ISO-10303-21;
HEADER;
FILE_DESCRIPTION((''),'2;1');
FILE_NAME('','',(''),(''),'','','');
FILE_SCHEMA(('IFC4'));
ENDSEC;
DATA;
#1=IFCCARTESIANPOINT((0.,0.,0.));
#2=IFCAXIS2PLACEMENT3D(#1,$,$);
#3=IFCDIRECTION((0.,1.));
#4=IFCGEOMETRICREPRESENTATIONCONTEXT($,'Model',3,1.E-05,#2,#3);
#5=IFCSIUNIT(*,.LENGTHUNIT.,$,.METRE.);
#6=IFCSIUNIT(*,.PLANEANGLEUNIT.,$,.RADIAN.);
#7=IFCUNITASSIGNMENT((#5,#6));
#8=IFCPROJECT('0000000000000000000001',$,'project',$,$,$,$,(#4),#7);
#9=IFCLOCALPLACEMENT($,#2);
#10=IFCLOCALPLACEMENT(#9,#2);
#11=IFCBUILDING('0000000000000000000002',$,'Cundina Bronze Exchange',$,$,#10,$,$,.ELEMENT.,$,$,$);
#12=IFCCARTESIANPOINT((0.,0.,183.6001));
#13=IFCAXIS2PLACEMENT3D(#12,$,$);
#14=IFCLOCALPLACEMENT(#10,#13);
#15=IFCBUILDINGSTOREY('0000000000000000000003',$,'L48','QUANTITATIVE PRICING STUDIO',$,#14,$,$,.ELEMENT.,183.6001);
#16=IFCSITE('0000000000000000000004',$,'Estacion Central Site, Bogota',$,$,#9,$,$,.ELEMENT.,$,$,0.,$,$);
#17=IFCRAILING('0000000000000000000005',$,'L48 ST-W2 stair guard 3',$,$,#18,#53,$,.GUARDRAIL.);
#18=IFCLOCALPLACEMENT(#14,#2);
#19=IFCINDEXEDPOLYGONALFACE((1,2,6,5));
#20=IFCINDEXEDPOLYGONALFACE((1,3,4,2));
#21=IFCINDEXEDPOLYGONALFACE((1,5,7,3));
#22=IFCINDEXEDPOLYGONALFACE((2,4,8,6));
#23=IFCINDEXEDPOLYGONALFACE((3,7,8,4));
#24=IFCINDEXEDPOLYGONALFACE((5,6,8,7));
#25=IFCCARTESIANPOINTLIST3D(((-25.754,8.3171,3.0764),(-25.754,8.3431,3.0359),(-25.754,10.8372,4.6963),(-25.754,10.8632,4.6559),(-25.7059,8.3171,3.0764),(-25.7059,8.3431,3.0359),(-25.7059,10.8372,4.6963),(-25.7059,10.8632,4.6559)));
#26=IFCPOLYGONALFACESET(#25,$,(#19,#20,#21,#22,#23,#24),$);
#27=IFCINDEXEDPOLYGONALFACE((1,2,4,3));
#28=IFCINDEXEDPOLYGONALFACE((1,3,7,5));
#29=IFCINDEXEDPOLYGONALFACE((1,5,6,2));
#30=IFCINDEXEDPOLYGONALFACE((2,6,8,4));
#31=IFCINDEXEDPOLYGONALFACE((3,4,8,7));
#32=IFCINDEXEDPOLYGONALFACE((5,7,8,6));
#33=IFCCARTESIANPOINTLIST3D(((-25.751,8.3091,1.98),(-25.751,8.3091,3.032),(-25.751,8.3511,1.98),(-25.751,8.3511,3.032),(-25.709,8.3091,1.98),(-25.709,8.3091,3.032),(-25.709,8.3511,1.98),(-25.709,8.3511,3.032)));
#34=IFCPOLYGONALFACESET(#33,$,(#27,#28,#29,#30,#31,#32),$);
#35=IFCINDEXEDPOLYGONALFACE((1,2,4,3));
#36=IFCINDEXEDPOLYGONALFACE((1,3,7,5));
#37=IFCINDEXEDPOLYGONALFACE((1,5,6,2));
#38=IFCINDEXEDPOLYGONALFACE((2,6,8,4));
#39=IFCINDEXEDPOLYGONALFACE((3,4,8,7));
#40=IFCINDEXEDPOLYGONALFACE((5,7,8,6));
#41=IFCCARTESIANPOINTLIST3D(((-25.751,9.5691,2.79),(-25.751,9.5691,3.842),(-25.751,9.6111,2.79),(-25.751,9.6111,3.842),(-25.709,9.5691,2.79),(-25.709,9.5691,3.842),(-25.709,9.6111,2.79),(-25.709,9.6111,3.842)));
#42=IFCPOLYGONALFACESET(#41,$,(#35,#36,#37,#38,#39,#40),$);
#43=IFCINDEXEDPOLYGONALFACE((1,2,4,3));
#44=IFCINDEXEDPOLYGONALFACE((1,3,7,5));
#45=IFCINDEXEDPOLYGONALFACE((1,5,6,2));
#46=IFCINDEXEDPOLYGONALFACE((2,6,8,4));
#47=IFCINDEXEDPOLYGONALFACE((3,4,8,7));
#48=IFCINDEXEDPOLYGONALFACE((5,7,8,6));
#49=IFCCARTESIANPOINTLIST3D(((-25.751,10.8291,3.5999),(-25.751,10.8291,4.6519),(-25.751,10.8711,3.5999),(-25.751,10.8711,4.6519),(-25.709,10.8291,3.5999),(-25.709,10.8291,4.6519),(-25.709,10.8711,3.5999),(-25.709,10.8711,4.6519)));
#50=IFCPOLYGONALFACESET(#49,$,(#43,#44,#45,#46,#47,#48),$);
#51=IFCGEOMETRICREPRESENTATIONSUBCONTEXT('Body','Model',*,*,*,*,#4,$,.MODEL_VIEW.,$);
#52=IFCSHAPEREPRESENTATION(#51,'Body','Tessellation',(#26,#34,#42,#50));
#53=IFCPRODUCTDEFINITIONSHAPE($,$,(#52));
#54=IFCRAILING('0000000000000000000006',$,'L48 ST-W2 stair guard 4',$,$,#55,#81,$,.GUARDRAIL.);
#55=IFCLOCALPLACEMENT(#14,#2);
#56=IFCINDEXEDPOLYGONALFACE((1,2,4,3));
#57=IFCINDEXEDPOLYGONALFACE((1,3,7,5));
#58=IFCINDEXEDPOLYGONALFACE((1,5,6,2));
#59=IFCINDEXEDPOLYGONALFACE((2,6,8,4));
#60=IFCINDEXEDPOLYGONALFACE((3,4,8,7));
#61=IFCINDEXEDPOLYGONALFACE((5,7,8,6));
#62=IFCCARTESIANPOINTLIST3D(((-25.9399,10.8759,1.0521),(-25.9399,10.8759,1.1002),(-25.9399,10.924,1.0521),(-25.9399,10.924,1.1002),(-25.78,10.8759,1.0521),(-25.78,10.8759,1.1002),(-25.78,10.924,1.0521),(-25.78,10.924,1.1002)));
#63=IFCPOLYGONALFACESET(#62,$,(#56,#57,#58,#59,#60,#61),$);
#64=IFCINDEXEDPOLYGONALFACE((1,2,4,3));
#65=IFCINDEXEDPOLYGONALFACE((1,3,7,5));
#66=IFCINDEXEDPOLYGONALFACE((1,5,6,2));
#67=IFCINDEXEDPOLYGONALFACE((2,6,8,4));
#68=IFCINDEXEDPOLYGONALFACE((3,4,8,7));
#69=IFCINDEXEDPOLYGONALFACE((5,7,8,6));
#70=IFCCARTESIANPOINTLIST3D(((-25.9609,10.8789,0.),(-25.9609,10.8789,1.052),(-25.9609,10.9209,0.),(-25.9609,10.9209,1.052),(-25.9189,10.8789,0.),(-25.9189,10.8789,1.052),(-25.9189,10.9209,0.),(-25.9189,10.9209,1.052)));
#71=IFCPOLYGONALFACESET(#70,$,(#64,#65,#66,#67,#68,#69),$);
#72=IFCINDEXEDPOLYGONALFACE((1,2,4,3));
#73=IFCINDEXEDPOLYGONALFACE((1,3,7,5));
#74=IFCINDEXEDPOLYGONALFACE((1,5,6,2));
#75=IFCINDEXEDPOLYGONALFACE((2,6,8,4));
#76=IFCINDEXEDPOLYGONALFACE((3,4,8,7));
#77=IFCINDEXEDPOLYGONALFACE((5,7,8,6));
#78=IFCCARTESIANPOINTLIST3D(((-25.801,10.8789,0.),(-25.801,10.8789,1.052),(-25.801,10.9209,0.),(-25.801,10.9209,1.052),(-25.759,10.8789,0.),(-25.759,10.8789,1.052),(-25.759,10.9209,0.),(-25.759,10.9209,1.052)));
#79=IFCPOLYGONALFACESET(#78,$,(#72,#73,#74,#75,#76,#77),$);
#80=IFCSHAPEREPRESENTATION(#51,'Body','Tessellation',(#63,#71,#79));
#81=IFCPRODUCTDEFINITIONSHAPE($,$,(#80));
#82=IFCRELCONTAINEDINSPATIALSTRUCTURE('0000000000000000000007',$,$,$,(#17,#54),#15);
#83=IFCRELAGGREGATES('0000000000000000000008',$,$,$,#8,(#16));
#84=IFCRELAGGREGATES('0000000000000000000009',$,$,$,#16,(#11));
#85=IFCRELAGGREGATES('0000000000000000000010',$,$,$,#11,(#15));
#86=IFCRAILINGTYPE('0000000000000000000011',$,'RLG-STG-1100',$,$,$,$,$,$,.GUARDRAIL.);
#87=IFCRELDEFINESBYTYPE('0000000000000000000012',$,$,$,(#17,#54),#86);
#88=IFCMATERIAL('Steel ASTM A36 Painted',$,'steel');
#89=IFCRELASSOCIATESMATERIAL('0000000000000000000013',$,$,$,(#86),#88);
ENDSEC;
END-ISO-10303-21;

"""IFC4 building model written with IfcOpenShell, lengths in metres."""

from ifc_helpers import new_model, si_unit, direction, frame, origin, origin_2d, place, context, subcontext, project, spatial, rectangle, extrude, material, type_object, element, save


model = new_model("IFC4")

# Units and contexts
model_context = context("Model", 3, precision=1e-05, world=origin(), true_north=direction((0.0, 1.0)))
body_context = subcontext(model_context, "Body", "Model", "MODEL_VIEW")
ifc_project = project(units=[si_unit("LENGTHUNIT", "METRE"), si_unit("PLANEANGLEUNIT", "RADIAN")], contexts=[model_context])

# Site, building, storey
site_placement = place(None, origin())
site = spatial("IfcSite", under=ifc_project, at=site_placement, Name="Estacion Central Site, Bogota", CompositionType="ELEMENT", RefElevation=0.0)
building_placement = place(site_placement, origin())
building = spatial("IfcBuilding", under=site, at=building_placement, Name="Cundina Bronze Exchange", CompositionType="ELEMENT")
storey_placement = place(building_placement, frame((0.0, 0.0, 183.6001)))
storey = spatial("IfcBuildingStorey", under=building, at=storey_placement, Name="L48", Description="QUANTITATIVE PRICING STUDIO", CompositionType="ELEMENT", Elevation=183.6001)

# Shared definitions
ifc_material_1 = material(Name="Steel ASTM A36 Painted", Category="steel")

# Railings
railing_type_1 = type_object("IfcRailingType", Name="RLG-STG-1100", PredefinedType="GUARDRAIL", material=ifc_material_1)
railing_1_placement = place(storey_placement, frame((-25.73, 8.3301, 1.98)))
element("IfcRailing", 1, at=railing_1_placement, inside=storey, type_object=railing_type_1, Name="L48 ST-W2 stair guard 3", PredefinedType="GUARDRAIL", context=body_context, shape_type="SweptSolid", body=[
    extrude(rectangle(XDim=0.0481, YDim=0.0481, at=origin_2d()), frame((0.0, 0.0, 1.0762), z_axis=(0.0, 0.8412, 0.540725), x_axis=(-1.0, 0.0, 0.0)), (0.0, 0.0, 1.0), 2.9958),
    extrude(rectangle(XDim=0.042, YDim=0.042, at=origin_2d()), origin(), (0.0, 0.0, 1.0), 1.052),
    extrude(rectangle(XDim=0.042, YDim=0.042, at=origin_2d()), frame((0.0, 1.26, 0.8101)), (0.0, 0.0, 1.0), 1.052),
    extrude(rectangle(XDim=0.042, YDim=0.042, at=origin_2d()), frame((0.0, 2.52, 1.6199)), (0.0, 0.0, 1.0), 1.052),
])
railing_2_placement = place(storey_placement, frame((-25.9399, 10.8999, 0.0)))
element("IfcRailing", 2, at=railing_2_placement, inside=storey, type_object=railing_type_1, Name="L48 ST-W2 stair guard 4", PredefinedType="GUARDRAIL", context=body_context, shape_type="SweptSolid", body=[
    extrude(rectangle(XDim=0.0481, YDim=0.0481, at=origin_2d()), frame((0.0, 0.0, 1.0762), z_axis=(1.0, 0.0, 0.0), x_axis=(0.0, 1.0, 0.0)), (0.0, 0.0, 1.0), 0.1599),
    extrude(rectangle(XDim=0.042, YDim=0.042, at=origin_2d()), origin(), (0.0, 0.0, 1.0), 1.052),
    extrude(rectangle(XDim=0.042, YDim=0.042, at=origin_2d()), frame((0.1599, 0.0, 0.0)), (0.0, 0.0, 1.0), 1.052),
])

save(model, "model.ifc")
